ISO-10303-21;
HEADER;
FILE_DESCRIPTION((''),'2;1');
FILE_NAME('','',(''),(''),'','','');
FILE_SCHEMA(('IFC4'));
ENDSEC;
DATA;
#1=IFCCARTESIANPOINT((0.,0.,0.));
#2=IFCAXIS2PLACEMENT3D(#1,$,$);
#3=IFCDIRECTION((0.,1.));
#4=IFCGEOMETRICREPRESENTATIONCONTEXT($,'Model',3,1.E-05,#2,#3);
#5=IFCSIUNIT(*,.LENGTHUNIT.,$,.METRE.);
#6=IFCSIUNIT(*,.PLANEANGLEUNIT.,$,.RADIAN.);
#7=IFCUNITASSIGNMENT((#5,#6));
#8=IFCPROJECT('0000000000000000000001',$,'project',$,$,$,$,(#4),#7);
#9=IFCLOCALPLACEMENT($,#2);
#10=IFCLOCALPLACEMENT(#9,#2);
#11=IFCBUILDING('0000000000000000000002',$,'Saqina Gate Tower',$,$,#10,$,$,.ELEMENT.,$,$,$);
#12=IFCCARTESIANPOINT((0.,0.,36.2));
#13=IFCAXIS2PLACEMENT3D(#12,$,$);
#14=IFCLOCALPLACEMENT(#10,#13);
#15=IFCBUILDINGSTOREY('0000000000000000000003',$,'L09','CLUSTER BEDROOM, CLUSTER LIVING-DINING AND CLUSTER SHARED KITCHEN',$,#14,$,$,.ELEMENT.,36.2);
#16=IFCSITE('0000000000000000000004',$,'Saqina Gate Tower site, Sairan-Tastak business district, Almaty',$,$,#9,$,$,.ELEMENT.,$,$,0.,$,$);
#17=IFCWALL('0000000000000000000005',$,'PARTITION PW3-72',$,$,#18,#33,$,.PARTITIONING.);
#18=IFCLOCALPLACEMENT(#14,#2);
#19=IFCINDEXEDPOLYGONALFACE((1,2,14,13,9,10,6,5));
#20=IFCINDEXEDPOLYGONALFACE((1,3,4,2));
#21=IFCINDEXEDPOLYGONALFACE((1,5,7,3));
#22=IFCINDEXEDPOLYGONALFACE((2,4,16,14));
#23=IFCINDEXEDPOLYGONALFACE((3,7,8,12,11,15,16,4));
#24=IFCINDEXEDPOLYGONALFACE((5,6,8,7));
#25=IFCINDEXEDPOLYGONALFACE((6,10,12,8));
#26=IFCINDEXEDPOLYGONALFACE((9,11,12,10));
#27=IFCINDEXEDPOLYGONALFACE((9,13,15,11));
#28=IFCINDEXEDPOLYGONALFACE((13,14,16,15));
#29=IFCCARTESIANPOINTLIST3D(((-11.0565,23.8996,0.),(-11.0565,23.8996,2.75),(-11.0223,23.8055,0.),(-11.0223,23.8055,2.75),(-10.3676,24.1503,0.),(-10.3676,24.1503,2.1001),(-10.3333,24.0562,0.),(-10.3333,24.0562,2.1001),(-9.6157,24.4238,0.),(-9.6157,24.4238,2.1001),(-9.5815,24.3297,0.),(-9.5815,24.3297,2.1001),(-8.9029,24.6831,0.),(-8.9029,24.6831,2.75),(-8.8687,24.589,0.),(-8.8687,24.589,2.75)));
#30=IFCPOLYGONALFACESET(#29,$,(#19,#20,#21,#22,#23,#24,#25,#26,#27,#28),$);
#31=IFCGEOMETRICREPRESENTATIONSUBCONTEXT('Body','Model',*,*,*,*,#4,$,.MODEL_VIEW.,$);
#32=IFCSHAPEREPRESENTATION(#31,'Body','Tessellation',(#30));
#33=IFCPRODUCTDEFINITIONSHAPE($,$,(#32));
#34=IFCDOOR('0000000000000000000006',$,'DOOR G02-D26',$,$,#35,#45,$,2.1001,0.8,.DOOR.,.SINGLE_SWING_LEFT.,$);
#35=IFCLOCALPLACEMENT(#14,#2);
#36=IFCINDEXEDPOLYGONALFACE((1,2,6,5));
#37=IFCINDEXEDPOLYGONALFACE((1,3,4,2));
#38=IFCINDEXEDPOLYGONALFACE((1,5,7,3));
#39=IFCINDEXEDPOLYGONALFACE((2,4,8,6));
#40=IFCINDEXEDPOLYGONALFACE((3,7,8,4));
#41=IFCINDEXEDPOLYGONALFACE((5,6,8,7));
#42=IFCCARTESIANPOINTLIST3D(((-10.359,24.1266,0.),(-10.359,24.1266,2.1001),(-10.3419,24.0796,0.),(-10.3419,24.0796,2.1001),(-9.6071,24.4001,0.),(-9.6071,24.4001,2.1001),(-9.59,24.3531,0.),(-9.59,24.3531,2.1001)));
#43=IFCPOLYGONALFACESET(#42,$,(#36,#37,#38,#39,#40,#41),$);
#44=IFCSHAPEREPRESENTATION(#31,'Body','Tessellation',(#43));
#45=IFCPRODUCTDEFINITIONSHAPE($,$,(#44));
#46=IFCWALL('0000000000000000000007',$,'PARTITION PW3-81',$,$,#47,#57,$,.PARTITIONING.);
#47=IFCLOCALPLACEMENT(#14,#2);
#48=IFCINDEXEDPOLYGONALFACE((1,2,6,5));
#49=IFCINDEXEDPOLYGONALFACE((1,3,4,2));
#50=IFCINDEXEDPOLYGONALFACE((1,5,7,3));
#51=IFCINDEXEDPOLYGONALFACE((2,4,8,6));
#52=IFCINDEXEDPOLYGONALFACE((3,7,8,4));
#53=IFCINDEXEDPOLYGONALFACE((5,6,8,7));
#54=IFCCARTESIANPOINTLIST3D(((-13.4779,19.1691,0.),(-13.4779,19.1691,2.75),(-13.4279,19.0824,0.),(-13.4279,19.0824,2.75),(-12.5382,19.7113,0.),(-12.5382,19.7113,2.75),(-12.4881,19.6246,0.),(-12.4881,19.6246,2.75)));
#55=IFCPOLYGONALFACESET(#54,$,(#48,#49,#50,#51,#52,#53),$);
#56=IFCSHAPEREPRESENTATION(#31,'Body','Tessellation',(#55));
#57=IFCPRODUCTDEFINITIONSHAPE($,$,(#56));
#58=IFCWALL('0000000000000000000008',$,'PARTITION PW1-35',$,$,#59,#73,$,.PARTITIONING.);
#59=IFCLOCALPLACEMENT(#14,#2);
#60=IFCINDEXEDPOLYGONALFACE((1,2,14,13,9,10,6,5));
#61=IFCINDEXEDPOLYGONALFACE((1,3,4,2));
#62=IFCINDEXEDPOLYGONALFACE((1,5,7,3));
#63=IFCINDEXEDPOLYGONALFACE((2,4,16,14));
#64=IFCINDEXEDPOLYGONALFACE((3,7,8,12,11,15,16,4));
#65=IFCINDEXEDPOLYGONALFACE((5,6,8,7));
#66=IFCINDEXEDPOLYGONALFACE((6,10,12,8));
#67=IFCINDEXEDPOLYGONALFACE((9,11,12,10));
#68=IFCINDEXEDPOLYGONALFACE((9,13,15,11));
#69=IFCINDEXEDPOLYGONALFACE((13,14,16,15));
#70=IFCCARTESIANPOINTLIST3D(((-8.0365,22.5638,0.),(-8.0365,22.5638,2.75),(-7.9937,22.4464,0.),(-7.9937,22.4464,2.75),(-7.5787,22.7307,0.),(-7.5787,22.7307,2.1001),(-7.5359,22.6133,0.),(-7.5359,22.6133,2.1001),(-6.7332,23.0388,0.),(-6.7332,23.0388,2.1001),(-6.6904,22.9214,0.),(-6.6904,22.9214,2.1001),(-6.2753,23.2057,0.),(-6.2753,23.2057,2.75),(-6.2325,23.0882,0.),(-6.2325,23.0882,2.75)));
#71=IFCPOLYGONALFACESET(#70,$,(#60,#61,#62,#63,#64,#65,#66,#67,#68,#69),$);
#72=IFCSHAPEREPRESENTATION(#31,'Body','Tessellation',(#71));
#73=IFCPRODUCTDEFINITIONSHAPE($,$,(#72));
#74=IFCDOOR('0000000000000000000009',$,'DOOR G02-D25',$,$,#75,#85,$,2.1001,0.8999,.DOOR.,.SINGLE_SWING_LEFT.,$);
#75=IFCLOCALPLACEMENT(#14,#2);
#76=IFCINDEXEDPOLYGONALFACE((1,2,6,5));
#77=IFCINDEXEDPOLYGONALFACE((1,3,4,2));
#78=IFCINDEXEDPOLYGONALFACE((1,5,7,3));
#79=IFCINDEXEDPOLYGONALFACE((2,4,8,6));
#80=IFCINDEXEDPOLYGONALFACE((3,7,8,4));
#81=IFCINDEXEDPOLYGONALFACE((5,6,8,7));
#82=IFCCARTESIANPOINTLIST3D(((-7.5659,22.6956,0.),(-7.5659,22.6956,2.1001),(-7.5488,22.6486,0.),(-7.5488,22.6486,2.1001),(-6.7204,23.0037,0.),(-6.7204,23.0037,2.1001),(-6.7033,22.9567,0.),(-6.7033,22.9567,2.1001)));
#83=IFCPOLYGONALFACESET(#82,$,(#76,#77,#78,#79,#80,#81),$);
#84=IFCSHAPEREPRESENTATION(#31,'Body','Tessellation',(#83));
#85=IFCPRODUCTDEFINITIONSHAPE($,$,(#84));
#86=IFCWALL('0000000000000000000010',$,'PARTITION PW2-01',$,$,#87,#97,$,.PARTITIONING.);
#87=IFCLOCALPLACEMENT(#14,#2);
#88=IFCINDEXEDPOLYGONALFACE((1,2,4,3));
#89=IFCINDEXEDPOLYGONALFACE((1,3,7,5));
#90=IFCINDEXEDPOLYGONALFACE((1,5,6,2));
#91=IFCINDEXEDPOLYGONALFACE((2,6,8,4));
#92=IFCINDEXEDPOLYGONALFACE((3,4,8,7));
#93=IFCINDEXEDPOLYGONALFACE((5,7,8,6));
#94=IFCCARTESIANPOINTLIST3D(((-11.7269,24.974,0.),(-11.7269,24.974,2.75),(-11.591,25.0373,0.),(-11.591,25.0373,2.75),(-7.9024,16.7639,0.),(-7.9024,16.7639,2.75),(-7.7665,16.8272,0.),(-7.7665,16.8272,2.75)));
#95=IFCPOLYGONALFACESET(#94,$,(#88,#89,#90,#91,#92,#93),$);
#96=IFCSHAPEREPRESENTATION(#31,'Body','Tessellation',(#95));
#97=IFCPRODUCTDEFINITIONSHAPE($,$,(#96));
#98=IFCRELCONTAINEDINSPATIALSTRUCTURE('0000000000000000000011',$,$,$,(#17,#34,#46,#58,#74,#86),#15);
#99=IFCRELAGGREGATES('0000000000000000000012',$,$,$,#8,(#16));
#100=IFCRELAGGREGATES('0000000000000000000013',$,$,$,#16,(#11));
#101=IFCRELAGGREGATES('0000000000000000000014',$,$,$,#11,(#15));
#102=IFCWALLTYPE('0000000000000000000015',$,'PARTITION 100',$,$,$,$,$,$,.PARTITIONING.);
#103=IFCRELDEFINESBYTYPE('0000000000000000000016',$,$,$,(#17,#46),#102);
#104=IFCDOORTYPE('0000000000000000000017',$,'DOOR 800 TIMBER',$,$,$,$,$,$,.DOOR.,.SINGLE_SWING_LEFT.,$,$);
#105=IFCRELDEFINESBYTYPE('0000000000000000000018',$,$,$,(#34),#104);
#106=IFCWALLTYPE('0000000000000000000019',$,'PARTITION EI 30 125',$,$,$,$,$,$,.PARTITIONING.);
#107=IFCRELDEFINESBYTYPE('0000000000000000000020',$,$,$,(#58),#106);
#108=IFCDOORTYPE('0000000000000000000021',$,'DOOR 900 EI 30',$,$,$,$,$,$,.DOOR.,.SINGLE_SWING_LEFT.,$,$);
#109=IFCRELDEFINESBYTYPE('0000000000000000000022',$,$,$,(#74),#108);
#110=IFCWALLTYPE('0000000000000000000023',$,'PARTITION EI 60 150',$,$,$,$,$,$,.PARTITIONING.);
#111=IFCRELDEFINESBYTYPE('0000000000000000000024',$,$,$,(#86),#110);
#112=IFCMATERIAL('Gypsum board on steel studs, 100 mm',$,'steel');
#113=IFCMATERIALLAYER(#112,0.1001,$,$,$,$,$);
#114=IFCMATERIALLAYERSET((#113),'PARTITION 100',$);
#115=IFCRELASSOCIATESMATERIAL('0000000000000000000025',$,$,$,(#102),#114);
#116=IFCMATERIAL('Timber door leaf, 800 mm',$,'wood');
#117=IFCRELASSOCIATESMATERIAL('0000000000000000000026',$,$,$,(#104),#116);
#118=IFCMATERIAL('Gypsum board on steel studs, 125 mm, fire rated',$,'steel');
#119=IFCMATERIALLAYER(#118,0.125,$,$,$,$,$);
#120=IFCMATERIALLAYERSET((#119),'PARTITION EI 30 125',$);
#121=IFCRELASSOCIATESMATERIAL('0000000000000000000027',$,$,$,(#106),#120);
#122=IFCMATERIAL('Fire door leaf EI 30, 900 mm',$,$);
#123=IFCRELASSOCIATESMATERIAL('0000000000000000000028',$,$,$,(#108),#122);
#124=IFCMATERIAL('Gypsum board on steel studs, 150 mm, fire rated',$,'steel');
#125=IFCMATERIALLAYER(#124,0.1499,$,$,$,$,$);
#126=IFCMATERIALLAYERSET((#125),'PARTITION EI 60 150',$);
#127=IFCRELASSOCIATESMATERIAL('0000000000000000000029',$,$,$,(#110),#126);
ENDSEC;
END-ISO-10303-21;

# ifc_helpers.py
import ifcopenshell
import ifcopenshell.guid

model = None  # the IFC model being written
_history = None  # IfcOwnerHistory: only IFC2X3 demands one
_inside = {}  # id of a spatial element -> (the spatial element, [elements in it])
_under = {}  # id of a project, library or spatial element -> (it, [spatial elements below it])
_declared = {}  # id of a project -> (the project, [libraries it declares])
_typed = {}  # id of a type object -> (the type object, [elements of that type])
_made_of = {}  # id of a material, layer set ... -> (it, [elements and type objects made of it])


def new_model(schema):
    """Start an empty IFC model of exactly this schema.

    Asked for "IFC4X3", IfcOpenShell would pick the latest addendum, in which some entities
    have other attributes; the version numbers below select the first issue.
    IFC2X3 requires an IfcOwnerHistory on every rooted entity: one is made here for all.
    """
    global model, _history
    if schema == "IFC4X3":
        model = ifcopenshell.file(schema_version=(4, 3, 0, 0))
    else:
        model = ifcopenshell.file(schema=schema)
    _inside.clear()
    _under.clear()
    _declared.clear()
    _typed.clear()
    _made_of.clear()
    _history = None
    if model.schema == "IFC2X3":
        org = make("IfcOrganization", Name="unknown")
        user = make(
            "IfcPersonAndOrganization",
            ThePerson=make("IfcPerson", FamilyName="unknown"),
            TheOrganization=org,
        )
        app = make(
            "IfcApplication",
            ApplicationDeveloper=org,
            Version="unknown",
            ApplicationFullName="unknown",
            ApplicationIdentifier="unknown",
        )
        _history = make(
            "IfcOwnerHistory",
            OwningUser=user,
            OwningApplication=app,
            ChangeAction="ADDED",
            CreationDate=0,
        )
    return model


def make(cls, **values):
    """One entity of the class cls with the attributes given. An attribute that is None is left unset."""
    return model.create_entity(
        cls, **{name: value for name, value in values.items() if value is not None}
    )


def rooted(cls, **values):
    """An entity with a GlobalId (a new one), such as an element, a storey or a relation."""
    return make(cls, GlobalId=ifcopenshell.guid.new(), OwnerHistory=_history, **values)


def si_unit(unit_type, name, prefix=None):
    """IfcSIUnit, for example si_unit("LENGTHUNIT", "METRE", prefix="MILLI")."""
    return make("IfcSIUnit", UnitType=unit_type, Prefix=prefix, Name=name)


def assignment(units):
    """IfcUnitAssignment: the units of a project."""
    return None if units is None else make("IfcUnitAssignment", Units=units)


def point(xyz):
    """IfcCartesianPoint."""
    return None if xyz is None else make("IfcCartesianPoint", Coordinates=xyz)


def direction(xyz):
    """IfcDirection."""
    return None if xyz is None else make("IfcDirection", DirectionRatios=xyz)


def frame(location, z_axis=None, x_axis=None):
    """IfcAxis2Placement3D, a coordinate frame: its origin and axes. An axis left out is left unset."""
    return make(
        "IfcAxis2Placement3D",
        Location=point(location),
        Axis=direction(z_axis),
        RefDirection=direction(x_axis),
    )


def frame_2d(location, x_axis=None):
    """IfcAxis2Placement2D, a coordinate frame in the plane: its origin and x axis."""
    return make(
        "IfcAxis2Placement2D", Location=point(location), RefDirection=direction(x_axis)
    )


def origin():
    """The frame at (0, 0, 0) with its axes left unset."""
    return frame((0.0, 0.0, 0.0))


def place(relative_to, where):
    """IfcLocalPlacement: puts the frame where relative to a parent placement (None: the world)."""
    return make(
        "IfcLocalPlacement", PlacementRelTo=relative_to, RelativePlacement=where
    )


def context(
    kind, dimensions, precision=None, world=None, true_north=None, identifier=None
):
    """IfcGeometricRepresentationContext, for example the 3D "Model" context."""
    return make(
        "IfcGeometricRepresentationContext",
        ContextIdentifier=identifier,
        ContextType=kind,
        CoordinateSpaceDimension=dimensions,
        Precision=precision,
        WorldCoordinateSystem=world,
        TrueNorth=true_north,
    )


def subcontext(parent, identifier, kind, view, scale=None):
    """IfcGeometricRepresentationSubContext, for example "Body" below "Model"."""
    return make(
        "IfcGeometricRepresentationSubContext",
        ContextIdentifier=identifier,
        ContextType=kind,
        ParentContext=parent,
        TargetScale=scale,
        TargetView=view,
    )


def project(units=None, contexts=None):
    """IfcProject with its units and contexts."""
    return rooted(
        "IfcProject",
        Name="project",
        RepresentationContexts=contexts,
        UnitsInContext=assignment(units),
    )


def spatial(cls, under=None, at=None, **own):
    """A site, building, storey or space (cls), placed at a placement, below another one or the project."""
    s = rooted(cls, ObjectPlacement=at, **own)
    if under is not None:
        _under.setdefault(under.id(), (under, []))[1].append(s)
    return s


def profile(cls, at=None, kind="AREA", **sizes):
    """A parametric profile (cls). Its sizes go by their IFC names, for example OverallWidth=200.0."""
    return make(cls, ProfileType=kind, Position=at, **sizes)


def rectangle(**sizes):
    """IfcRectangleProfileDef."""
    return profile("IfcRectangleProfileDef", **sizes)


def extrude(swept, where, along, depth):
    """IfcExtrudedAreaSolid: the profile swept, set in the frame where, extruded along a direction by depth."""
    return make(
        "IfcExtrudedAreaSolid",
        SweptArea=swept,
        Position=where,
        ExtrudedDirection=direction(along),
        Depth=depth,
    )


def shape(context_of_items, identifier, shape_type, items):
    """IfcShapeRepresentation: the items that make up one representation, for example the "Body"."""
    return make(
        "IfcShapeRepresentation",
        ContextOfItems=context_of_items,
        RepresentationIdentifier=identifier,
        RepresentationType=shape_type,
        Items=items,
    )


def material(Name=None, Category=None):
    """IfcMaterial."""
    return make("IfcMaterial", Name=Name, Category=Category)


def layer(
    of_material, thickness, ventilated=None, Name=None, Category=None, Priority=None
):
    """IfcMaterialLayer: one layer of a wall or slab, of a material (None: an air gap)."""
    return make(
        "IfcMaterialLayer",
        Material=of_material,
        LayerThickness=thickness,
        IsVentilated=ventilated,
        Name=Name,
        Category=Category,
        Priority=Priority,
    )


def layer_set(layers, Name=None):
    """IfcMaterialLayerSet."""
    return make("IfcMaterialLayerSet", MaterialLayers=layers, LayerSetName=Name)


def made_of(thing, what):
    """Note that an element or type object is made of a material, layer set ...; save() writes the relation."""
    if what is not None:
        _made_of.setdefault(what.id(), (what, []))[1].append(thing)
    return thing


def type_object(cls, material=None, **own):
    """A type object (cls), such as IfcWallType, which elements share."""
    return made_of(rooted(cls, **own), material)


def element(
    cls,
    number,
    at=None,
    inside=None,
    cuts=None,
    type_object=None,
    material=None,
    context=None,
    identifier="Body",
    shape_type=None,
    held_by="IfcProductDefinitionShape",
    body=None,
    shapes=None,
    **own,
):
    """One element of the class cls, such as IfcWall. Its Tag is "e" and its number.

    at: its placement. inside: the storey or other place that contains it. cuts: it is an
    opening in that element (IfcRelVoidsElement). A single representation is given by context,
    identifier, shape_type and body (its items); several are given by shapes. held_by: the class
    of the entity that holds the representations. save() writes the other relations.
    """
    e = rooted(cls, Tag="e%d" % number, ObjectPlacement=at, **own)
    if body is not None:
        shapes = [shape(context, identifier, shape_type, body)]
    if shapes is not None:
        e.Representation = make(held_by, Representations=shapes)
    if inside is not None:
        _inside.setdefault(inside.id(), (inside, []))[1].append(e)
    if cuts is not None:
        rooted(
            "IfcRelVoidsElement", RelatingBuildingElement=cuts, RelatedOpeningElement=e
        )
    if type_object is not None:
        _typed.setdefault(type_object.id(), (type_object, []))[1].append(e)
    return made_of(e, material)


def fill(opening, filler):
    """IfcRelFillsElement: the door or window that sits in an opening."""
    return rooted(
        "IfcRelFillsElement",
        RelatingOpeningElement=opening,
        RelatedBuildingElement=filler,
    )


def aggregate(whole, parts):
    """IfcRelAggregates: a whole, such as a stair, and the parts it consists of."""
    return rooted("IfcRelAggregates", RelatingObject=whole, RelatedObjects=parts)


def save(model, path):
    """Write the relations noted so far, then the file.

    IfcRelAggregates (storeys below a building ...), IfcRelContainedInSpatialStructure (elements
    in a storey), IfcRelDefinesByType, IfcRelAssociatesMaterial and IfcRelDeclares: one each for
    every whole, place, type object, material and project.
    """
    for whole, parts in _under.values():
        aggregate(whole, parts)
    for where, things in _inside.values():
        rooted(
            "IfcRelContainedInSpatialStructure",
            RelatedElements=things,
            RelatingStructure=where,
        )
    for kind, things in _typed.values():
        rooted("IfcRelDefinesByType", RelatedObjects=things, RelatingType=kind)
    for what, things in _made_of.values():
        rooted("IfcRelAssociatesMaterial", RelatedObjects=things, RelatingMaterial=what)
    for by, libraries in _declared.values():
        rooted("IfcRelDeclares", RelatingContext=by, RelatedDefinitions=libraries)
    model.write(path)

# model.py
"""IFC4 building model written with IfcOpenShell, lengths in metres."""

from ifc_helpers import new_model, si_unit, direction, frame, frame_2d, origin, place, context, subcontext, project, spatial, rectangle, extrude, material, layer, layer_set, type_object, element, fill, save


model = new_model("IFC4")

# Units and contexts
model_context = context("Model", 3, precision=1e-05, world=origin(), true_north=direction((0.0, 1.0)))
body_context = subcontext(model_context, "Body", "Model", "MODEL_VIEW")
ifc_project = project(units=[si_unit("LENGTHUNIT", "METRE"), si_unit("PLANEANGLEUNIT", "RADIAN")], contexts=[model_context])

# Site, building, storey
site_placement = place(None, origin())
site = spatial("IfcSite", under=ifc_project, at=site_placement, Name="Saqina Gate Tower site, Sairan-Tastak business district, Almaty", CompositionType="ELEMENT", RefElevation=0.0)
building_placement = place(site_placement, origin())
building = spatial("IfcBuilding", under=site, at=building_placement, Name="Saqina Gate Tower", CompositionType="ELEMENT")
storey_placement = place(building_placement, frame((0.0, 0.0, 36.2)))
storey = spatial("IfcBuildingStorey", under=building, at=storey_placement, Name="L09", Description="CLUSTER BEDROOM, CLUSTER LIVING-DINING AND CLUSTER SHARED KITCHEN", CompositionType="ELEMENT", Elevation=36.2)

# Shared definitions
ifc_material_1 = material(Name="Gypsum board on steel studs, 100 mm", Category="steel")
ifc_layer_1 = layer(ifc_material_1, 0.1001)
ifc_layer_set_1 = layer_set([ifc_layer_1], Name="PARTITION 100")
wall_type_1 = type_object("IfcWallType", Name="PARTITION 100", PredefinedType="PARTITIONING", material=ifc_layer_set_1)

# Shared definitions
ifc_material_2 = material(Name="Timber door leaf, 800 mm", Category="wood")
door_type_1 = type_object("IfcDoorType", Name="DOOR 800 TIMBER", OperationType="SINGLE_SWING_LEFT", PredefinedType="DOOR", material=ifc_material_2)

# Wall, opening, door
wall_1_placement = place(storey_placement, frame((-11.0396, 23.8525, 0.0), z_axis=(0.0, 0.0, 1.0), x_axis=(0.939747, 0.341871, 0.0)))
wall_1 = element("IfcWall", 1, at=wall_1_placement, inside=storey, type_object=wall_type_1, Name="PARTITION PW3-72", PredefinedType="PARTITIONING", context=body_context, shape_type="SweptSolid", body=[
    extrude(rectangle(XDim=2.2917, YDim=0.1001, at=frame_2d((1.146, 0.0))), origin(), (0.0, 0.0, 1.0), 2.75),
])
opening_1_placement = place(wall_1_placement, frame((0.7334, 0.0, 0.0)))
opening_1 = element("IfcOpeningElement", 2, at=opening_1_placement, cuts=wall_1, PredefinedType="OPENING", context=body_context, shape_type="SweptSolid", body=[
    extrude(rectangle(XDim=0.8, YDim=2.1001, at=frame_2d((0.3999, 1.05))), frame((0.0, 0.062, 0.0), z_axis=(0.0, -1.0, 0.0), x_axis=(1.0, 0.0, 0.0)), (0.0, 0.0, 1.0), 0.124),
])
door_1_placement = place(opening_1_placement, origin())
door_1 = element("IfcDoor", 3, at=door_1_placement, inside=storey, type_object=door_type_1, Name="DOOR G02-D26", OperationType="SINGLE_SWING_LEFT", OverallHeight=2.1001, OverallWidth=0.8, PredefinedType="DOOR", context=body_context, shape_type="SweptSolid", body=[
    extrude(rectangle(XDim=0.8, YDim=2.1001, at=frame_2d((0.3999, 1.05))), frame((0.0, 0.0249, 0.0), z_axis=(0.0, -1.0, 0.0), x_axis=(1.0, 0.0, 0.0)), (0.0, 0.0, 1.0), 0.05),
])
fill(opening_1, door_1)

# Wall
wall_2_placement = place(storey_placement, frame((-13.4529, 19.1257, 0.0), z_axis=(0.0, 0.0, 1.0), x_axis=(0.866144, 0.499794, 0.0)))
element("IfcWall", 4, at=wall_2_placement, inside=storey, type_object=wall_type_1, Name="PARTITION PW3-81", PredefinedType="PARTITIONING", context=body_context, shape_type="SweptSolid", body=[
    extrude(rectangle(XDim=1.085, YDim=0.1001, at=frame_2d((0.5425, 0.0))), origin(), (0.0, 0.0, 1.0), 2.75),
])

# Wall, opening, door
ifc_material_3 = material(Name="Gypsum board on steel studs, 125 mm, fire rated", Category="steel")
ifc_layer_2 = layer(ifc_material_3, 0.125)
ifc_layer_set_2 = layer_set([ifc_layer_2], Name="PARTITION EI 30 125")
wall_type_2 = type_object("IfcWallType", Name="PARTITION EI 30 125", PredefinedType="PARTITIONING", material=ifc_layer_set_2)
wall_3_placement = place(storey_placement, frame((-8.0151, 22.5051, 0.0), z_axis=(0.0, 0.0, 1.0), x_axis=(0.939554, 0.342402, 0.0)))
wall_3 = element("IfcWall", 5, at=wall_3_placement, inside=storey, type_object=wall_type_2, Name="PARTITION PW1-35", PredefinedType="PARTITIONING", context=body_context, shape_type="SweptSolid", body=[
    extrude(rectangle(XDim=1.8745, YDim=0.125, at=frame_2d((0.9373, 0.0))), origin(), (0.0, 0.0, 1.0), 2.75),
])
opening_2_placement = place(wall_3_placement, frame((0.4873, 0.0, 0.0)))
opening_2 = element("IfcOpeningElement", 6, at=opening_2_placement, cuts=wall_3, PredefinedType="OPENING", context=body_context, shape_type="SweptSolid", body=[
    extrude(rectangle(XDim=0.8999, YDim=2.1001, at=frame_2d((0.45, 1.05))), frame((0.0, 0.0745, 0.0), z_axis=(0.0, -1.0, 0.0), x_axis=(1.0, 0.0, 0.0)), (0.0, 0.0, 1.0), 0.1489),
])
ifc_material_4 = material(Name="Fire door leaf EI 30, 900 mm")
door_type_2 = type_object("IfcDoorType", Name="DOOR 900 EI 30", OperationType="SINGLE_SWING_LEFT", PredefinedType="DOOR", material=ifc_material_4)
door_2_placement = place(opening_2_placement, frame((0.8999, 0.0, 0.0), z_axis=(0.0, 0.0, 1.0), x_axis=(-1.0, 0.0, 0.0)))
door_2 = element("IfcDoor", 7, at=door_2_placement, inside=storey, type_object=door_type_2, Name="DOOR G02-D25", OperationType="SINGLE_SWING_LEFT", OverallHeight=2.1001, OverallWidth=0.8999, PredefinedType="DOOR", context=body_context, shape_type="SweptSolid", body=[
    extrude(rectangle(XDim=0.8999, YDim=2.1001, at=frame_2d((0.45, 1.05))), frame((0.0, 0.0249, 0.0), z_axis=(0.0, -1.0, 0.0), x_axis=(1.0, 0.0, 0.0)), (0.0, 0.0, 1.0), 0.05),
])
fill(opening_2, door_2)

# Wall
ifc_material_5 = material(Name="Gypsum board on steel studs, 150 mm, fire rated", Category="steel")
ifc_layer_3 = layer(ifc_material_5, 0.1499)
ifc_layer_set_3 = layer_set([ifc_layer_3], Name="PARTITION EI 60 150")
wall_type_3 = type_object("IfcWallType", Name="PARTITION EI 60 150", PredefinedType="PARTITIONING", material=ifc_layer_set_3)
wall_4_placement = place(storey_placement, frame((-11.6589, 25.0056, 0.0), z_axis=(0.0, 0.0, 1.0), x_axis=(0.422264, -0.906473, 0.0)))
element("IfcWall", 8, at=wall_4_placement, inside=storey, type_object=wall_type_3, Name="PARTITION PW2-01", PredefinedType="PARTITIONING", context=body_context, shape_type="SweptSolid", body=[
    extrude(rectangle(XDim=9.0571, YDim=0.1499, at=frame_2d((4.5286, 0.0))), origin(), (0.0, 0.0, 1.0), 2.75),
])

save(model, "model.ifc")
